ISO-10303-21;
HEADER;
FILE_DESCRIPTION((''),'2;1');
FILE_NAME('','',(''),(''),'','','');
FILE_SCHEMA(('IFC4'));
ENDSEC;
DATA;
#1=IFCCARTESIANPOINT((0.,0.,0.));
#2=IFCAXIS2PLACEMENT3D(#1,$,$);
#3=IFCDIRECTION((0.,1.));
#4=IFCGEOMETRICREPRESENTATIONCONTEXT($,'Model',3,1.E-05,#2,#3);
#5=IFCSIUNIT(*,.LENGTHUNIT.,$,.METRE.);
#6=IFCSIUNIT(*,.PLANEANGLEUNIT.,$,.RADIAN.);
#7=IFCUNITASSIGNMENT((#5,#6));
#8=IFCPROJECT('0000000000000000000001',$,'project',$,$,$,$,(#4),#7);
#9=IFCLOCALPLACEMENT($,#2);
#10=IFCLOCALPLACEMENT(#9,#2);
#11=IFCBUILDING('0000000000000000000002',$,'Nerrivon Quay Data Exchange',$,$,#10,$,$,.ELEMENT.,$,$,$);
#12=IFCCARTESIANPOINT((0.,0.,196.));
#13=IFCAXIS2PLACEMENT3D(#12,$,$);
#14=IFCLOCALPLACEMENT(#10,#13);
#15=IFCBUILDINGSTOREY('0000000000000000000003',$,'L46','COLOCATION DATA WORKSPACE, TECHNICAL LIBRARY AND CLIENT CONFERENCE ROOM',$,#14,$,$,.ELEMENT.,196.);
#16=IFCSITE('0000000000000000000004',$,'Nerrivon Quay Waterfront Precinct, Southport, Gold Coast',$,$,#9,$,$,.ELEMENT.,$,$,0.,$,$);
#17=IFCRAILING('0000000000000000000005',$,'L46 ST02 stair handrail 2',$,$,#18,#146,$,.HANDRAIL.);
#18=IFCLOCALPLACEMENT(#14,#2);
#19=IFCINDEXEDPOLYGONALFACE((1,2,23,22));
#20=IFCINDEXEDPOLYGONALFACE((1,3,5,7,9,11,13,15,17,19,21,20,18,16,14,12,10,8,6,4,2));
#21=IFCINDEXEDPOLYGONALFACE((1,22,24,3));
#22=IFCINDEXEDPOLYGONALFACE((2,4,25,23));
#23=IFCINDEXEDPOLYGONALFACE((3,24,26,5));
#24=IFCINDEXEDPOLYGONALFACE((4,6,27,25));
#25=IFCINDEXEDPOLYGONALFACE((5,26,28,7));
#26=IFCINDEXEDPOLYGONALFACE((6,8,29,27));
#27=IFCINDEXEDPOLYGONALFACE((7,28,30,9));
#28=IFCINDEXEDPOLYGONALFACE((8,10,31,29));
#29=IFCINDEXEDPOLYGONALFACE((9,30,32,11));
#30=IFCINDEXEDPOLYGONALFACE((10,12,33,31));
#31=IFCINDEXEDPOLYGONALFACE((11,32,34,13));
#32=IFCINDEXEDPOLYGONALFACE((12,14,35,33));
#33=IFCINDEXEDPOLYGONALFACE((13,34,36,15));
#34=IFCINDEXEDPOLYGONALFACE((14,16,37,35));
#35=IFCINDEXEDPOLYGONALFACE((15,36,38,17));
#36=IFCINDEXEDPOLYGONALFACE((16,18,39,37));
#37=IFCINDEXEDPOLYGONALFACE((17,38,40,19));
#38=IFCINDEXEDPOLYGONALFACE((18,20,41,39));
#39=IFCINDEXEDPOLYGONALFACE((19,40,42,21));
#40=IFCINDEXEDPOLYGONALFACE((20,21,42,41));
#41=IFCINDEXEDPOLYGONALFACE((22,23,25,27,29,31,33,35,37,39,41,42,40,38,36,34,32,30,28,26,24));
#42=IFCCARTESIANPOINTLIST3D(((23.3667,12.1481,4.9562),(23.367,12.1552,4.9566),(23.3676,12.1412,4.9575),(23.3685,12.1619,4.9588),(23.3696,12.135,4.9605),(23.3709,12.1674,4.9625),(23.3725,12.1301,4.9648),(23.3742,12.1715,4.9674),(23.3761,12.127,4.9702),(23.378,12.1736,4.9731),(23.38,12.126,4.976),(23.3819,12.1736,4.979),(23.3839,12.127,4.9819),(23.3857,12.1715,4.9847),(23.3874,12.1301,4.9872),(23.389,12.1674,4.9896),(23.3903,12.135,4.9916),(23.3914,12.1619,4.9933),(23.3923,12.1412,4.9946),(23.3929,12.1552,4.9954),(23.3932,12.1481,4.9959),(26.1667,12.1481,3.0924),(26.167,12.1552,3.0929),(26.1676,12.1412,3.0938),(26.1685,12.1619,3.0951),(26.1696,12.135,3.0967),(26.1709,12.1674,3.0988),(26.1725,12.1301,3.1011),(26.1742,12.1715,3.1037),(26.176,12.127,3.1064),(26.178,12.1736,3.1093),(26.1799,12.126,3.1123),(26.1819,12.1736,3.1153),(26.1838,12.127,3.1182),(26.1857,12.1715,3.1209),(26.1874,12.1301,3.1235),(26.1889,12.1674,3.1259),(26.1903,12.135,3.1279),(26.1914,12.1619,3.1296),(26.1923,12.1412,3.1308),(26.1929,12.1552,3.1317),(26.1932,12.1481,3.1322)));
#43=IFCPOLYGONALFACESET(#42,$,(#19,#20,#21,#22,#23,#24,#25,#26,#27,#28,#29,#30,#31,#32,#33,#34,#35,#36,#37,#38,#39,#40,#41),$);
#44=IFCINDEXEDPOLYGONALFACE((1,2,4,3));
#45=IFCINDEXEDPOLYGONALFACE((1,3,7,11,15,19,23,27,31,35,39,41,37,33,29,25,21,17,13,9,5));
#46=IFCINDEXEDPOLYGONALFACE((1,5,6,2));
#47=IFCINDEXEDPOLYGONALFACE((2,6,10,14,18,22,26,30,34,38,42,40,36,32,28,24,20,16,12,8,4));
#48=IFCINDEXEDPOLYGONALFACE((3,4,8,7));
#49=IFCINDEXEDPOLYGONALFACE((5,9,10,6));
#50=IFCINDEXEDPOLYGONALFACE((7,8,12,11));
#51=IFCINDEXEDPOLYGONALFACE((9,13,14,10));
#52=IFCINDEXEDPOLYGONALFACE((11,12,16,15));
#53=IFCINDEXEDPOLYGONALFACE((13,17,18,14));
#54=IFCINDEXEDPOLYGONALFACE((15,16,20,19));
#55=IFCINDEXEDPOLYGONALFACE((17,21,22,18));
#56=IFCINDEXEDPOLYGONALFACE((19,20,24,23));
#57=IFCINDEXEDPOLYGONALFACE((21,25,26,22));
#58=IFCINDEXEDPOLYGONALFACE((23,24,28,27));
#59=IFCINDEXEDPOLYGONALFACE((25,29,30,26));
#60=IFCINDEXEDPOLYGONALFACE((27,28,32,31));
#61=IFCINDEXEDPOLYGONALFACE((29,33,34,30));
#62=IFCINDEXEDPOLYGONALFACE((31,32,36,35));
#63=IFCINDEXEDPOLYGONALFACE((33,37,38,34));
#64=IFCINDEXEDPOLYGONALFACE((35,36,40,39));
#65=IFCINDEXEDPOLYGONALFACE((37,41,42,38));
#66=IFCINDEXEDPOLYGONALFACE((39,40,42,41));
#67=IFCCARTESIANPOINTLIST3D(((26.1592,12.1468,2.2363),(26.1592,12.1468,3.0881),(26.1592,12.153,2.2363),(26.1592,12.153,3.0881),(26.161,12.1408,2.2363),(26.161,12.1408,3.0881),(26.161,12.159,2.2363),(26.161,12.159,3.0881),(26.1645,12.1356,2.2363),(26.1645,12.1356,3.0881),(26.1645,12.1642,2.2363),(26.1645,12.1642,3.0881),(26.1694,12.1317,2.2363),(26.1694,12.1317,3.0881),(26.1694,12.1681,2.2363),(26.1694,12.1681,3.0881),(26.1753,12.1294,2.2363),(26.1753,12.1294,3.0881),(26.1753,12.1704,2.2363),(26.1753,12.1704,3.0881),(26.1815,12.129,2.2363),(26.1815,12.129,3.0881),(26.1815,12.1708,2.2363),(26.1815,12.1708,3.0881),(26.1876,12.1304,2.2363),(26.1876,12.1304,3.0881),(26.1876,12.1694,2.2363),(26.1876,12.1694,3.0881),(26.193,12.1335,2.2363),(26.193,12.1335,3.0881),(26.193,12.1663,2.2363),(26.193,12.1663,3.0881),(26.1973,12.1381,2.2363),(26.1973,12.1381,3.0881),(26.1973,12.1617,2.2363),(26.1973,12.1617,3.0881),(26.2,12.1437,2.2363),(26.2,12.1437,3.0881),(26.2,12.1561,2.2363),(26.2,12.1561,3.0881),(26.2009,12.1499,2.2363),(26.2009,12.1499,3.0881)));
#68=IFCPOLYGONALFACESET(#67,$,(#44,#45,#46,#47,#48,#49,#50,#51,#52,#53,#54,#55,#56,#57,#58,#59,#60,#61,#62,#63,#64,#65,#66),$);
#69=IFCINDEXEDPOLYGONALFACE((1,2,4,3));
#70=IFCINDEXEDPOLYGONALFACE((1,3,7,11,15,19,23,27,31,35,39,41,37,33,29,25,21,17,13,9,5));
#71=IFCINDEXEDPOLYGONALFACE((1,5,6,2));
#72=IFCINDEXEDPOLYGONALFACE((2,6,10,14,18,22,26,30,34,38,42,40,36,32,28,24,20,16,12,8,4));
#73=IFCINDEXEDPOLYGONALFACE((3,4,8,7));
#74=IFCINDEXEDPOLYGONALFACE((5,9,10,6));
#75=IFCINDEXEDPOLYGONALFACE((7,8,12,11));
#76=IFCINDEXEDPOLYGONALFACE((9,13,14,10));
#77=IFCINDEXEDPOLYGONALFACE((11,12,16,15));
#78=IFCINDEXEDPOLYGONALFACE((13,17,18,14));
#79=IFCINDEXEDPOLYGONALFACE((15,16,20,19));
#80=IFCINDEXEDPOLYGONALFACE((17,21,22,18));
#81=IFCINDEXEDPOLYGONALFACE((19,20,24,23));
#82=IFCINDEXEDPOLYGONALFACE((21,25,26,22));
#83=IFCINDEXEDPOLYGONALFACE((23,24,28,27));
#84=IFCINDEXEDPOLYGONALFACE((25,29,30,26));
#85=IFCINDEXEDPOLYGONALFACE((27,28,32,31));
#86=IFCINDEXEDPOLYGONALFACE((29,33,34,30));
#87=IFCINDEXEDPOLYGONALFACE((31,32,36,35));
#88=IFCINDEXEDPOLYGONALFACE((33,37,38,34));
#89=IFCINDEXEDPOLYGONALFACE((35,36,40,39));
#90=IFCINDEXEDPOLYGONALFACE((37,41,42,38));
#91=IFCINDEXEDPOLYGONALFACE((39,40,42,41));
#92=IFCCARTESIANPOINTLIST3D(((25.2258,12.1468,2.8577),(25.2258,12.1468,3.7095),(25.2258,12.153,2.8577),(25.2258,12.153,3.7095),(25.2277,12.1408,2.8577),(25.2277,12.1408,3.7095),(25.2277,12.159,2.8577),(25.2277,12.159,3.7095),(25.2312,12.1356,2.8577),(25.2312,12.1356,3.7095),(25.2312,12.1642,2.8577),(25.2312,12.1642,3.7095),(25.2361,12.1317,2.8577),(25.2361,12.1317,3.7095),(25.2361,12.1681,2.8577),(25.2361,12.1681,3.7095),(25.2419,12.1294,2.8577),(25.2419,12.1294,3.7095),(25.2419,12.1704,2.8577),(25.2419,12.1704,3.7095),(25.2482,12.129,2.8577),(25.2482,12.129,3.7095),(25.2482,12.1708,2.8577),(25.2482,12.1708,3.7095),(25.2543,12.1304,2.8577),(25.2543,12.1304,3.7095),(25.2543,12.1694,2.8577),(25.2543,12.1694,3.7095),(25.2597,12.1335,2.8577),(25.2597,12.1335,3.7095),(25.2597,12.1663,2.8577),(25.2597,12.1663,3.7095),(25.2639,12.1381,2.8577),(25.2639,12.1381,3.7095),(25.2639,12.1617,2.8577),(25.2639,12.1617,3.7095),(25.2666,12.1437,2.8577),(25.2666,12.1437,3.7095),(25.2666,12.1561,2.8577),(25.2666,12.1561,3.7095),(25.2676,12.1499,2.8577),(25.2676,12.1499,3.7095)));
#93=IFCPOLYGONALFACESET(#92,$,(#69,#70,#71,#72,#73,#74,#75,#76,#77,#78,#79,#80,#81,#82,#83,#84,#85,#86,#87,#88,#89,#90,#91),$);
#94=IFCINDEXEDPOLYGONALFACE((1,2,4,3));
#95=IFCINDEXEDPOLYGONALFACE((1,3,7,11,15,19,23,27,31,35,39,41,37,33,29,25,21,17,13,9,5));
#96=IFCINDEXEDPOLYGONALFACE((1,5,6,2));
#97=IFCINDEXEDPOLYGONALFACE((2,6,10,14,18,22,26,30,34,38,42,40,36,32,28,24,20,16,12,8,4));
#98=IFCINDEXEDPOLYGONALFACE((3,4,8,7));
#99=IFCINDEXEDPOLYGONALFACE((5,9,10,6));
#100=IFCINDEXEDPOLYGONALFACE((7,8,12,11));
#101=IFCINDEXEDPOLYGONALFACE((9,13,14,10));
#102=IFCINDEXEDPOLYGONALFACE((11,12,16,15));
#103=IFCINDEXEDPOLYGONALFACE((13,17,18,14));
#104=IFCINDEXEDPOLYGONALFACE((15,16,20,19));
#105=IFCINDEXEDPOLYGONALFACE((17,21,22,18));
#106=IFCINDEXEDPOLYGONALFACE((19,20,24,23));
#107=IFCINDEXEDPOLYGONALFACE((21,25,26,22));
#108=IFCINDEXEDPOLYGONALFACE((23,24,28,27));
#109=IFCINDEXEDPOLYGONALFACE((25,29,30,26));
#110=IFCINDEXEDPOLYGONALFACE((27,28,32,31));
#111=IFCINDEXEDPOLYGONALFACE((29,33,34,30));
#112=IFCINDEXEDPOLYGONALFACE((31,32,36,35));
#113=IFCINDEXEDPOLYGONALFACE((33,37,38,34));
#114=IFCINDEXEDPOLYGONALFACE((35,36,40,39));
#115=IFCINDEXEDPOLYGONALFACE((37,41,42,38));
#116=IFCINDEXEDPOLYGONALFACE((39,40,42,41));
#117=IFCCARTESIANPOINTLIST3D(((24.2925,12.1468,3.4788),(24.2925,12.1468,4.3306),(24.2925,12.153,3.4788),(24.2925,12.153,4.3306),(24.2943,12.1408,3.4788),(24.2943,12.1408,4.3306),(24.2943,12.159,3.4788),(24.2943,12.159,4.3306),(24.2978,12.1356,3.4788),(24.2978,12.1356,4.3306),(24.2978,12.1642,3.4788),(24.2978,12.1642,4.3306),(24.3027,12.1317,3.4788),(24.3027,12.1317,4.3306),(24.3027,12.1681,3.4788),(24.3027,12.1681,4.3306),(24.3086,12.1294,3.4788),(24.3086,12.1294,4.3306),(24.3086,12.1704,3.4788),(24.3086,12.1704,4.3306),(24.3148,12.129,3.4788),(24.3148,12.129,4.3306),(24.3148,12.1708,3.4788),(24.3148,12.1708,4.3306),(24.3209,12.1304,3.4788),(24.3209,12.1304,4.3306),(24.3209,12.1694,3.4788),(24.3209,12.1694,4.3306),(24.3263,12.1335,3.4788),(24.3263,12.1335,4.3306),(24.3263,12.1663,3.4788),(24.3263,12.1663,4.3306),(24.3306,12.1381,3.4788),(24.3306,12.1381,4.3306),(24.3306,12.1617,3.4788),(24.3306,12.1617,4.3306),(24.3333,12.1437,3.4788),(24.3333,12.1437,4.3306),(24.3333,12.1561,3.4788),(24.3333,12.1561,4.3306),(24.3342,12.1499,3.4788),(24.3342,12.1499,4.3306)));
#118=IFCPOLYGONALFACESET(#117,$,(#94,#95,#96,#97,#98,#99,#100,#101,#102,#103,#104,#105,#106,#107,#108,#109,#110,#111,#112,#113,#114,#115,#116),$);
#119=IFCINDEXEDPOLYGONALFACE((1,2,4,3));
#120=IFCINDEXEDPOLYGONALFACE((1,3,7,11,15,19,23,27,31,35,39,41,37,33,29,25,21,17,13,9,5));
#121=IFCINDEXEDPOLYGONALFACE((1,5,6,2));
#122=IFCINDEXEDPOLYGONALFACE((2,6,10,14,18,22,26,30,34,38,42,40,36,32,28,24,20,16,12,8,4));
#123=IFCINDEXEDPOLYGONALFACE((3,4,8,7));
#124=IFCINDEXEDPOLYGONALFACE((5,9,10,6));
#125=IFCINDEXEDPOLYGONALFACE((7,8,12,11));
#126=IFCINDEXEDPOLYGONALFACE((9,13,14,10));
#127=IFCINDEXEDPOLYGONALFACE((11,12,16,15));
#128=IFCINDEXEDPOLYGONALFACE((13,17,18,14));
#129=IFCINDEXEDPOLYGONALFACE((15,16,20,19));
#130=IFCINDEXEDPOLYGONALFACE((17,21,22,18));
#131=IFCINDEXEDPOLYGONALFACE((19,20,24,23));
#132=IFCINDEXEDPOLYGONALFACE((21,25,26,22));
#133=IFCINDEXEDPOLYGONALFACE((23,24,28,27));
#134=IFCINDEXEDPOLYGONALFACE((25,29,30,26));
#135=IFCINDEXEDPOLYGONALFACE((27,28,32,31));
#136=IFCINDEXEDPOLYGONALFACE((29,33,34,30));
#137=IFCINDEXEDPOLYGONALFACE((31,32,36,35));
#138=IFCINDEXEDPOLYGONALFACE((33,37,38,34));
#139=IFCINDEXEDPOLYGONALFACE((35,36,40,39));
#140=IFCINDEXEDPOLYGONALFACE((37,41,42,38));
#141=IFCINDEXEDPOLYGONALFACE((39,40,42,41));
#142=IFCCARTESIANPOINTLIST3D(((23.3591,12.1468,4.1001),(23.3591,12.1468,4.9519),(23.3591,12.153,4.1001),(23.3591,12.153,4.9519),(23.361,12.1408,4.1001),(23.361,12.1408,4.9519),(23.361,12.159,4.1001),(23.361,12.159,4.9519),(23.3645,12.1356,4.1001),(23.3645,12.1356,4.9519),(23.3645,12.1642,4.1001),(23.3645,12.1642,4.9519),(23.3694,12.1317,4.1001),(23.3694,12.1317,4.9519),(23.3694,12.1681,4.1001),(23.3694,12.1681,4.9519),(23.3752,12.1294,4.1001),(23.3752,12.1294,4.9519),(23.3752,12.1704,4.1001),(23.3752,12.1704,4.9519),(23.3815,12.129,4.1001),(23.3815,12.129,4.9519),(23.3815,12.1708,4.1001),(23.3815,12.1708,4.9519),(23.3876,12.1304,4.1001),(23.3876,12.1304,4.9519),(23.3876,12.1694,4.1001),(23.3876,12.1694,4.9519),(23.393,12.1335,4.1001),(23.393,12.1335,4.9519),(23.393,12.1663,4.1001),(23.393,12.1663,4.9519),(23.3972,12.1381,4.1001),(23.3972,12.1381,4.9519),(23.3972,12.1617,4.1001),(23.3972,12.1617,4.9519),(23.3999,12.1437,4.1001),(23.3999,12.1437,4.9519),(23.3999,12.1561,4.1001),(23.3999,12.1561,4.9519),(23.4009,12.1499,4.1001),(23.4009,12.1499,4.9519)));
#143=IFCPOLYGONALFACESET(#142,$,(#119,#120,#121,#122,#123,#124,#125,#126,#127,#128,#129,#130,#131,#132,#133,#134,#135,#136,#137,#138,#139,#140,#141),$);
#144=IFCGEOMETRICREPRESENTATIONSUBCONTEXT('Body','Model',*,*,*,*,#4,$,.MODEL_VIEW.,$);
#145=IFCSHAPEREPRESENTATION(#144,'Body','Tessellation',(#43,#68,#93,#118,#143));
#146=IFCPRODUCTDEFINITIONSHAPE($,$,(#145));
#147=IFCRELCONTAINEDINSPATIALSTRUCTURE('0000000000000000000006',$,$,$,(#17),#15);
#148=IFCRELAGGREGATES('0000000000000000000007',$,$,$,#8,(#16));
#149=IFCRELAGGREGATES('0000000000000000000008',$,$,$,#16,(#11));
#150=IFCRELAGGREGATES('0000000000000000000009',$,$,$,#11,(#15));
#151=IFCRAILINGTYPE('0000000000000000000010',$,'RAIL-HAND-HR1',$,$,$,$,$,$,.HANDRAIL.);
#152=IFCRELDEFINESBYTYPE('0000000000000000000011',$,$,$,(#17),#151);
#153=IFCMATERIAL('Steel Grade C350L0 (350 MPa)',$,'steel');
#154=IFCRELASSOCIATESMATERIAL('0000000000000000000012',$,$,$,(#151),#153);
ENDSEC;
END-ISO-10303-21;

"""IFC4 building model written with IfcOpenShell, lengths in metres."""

from ifc_helpers import new_model, si_unit, direction, frame, origin, origin_2d, place, context, subcontext, project, spatial, circle, extrude, material, type_object, element, save


model = new_model("IFC4")

# Units and contexts
model_context = context("Model", 3, precision=1e-05, world=origin(), true_north=direction((0.0, 1.0)))
body_context = subcontext(model_context, "Body", "Model", "MODEL_VIEW")
ifc_project = project(units=[si_unit("LENGTHUNIT", "METRE"), si_unit("PLANEANGLEUNIT", "RADIAN")], contexts=[model_context])

# Site, building, storey
site_placement = place(None, origin())
site = spatial("IfcSite", under=ifc_project, at=site_placement, Name="Nerrivon Quay Waterfront Precinct, Southport, Gold Coast", CompositionType="ELEMENT", RefElevation=0.0)
building_placement = place(site_placement, origin())
building = spatial("IfcBuilding", under=site, at=building_placement, Name="Nerrivon Quay Data Exchange", CompositionType="ELEMENT")
storey_placement = place(building_placement, frame((0.0, 0.0, 196.0)))
storey = spatial("IfcBuildingStorey", under=building, at=storey_placement, Name="L46", Description="COLOCATION DATA WORKSPACE, TECHNICAL LIBRARY AND CLIENT CONFERENCE ROOM", CompositionType="ELEMENT", Elevation=196.0)

# Shared definitions
ifc_material_1 = material(Name="Steel Grade C350L0 (350 MPa)", Category="steel")

# Railing
railing_type_1 = type_object("IfcRailingType", Name="RAIL-HAND-HR1", PredefinedType="HANDRAIL", material=ifc_material_1)
railing_1_placement = place(storey_placement, frame((26.1799, 12.1499, 2.2363)))
element("IfcRailing", 1, at=railing_1_placement, inside=storey, type_object=railing_type_1, Name="L46 ST02 stair handrail 2", PredefinedType="HANDRAIL", context=body_context, shape_type="SweptSolid", body=[
    extrude(circle(Radius=0.0239, at=origin_2d()), frame((0.0, 0.0, 0.876), z_axis=(-0.832452, 0.0, 0.554097), x_axis=(0.0, -1.0, 0.0)), (0.0, 0.0, 1.0), 3.3635),
    extrude(circle(Radius=0.021, at=origin_2d()), origin(), (0.0, 0.0, 1.0), 0.8518),
    extrude(circle(Radius=0.021, at=origin_2d()), frame((-0.9333, 0.0, 0.6213)), (0.0, 0.0, 1.0), 0.8518),
    extrude(circle(Radius=0.021, at=origin_2d()), frame((-1.8667, 0.0, 1.2424)), (0.0, 0.0, 1.0), 0.8518),
    extrude(circle(Radius=0.021, at=origin_2d()), frame((-2.8, 0.0, 1.8638)), (0.0, 0.0, 1.0), 0.8518),
])

save(model, "model.ifc")
